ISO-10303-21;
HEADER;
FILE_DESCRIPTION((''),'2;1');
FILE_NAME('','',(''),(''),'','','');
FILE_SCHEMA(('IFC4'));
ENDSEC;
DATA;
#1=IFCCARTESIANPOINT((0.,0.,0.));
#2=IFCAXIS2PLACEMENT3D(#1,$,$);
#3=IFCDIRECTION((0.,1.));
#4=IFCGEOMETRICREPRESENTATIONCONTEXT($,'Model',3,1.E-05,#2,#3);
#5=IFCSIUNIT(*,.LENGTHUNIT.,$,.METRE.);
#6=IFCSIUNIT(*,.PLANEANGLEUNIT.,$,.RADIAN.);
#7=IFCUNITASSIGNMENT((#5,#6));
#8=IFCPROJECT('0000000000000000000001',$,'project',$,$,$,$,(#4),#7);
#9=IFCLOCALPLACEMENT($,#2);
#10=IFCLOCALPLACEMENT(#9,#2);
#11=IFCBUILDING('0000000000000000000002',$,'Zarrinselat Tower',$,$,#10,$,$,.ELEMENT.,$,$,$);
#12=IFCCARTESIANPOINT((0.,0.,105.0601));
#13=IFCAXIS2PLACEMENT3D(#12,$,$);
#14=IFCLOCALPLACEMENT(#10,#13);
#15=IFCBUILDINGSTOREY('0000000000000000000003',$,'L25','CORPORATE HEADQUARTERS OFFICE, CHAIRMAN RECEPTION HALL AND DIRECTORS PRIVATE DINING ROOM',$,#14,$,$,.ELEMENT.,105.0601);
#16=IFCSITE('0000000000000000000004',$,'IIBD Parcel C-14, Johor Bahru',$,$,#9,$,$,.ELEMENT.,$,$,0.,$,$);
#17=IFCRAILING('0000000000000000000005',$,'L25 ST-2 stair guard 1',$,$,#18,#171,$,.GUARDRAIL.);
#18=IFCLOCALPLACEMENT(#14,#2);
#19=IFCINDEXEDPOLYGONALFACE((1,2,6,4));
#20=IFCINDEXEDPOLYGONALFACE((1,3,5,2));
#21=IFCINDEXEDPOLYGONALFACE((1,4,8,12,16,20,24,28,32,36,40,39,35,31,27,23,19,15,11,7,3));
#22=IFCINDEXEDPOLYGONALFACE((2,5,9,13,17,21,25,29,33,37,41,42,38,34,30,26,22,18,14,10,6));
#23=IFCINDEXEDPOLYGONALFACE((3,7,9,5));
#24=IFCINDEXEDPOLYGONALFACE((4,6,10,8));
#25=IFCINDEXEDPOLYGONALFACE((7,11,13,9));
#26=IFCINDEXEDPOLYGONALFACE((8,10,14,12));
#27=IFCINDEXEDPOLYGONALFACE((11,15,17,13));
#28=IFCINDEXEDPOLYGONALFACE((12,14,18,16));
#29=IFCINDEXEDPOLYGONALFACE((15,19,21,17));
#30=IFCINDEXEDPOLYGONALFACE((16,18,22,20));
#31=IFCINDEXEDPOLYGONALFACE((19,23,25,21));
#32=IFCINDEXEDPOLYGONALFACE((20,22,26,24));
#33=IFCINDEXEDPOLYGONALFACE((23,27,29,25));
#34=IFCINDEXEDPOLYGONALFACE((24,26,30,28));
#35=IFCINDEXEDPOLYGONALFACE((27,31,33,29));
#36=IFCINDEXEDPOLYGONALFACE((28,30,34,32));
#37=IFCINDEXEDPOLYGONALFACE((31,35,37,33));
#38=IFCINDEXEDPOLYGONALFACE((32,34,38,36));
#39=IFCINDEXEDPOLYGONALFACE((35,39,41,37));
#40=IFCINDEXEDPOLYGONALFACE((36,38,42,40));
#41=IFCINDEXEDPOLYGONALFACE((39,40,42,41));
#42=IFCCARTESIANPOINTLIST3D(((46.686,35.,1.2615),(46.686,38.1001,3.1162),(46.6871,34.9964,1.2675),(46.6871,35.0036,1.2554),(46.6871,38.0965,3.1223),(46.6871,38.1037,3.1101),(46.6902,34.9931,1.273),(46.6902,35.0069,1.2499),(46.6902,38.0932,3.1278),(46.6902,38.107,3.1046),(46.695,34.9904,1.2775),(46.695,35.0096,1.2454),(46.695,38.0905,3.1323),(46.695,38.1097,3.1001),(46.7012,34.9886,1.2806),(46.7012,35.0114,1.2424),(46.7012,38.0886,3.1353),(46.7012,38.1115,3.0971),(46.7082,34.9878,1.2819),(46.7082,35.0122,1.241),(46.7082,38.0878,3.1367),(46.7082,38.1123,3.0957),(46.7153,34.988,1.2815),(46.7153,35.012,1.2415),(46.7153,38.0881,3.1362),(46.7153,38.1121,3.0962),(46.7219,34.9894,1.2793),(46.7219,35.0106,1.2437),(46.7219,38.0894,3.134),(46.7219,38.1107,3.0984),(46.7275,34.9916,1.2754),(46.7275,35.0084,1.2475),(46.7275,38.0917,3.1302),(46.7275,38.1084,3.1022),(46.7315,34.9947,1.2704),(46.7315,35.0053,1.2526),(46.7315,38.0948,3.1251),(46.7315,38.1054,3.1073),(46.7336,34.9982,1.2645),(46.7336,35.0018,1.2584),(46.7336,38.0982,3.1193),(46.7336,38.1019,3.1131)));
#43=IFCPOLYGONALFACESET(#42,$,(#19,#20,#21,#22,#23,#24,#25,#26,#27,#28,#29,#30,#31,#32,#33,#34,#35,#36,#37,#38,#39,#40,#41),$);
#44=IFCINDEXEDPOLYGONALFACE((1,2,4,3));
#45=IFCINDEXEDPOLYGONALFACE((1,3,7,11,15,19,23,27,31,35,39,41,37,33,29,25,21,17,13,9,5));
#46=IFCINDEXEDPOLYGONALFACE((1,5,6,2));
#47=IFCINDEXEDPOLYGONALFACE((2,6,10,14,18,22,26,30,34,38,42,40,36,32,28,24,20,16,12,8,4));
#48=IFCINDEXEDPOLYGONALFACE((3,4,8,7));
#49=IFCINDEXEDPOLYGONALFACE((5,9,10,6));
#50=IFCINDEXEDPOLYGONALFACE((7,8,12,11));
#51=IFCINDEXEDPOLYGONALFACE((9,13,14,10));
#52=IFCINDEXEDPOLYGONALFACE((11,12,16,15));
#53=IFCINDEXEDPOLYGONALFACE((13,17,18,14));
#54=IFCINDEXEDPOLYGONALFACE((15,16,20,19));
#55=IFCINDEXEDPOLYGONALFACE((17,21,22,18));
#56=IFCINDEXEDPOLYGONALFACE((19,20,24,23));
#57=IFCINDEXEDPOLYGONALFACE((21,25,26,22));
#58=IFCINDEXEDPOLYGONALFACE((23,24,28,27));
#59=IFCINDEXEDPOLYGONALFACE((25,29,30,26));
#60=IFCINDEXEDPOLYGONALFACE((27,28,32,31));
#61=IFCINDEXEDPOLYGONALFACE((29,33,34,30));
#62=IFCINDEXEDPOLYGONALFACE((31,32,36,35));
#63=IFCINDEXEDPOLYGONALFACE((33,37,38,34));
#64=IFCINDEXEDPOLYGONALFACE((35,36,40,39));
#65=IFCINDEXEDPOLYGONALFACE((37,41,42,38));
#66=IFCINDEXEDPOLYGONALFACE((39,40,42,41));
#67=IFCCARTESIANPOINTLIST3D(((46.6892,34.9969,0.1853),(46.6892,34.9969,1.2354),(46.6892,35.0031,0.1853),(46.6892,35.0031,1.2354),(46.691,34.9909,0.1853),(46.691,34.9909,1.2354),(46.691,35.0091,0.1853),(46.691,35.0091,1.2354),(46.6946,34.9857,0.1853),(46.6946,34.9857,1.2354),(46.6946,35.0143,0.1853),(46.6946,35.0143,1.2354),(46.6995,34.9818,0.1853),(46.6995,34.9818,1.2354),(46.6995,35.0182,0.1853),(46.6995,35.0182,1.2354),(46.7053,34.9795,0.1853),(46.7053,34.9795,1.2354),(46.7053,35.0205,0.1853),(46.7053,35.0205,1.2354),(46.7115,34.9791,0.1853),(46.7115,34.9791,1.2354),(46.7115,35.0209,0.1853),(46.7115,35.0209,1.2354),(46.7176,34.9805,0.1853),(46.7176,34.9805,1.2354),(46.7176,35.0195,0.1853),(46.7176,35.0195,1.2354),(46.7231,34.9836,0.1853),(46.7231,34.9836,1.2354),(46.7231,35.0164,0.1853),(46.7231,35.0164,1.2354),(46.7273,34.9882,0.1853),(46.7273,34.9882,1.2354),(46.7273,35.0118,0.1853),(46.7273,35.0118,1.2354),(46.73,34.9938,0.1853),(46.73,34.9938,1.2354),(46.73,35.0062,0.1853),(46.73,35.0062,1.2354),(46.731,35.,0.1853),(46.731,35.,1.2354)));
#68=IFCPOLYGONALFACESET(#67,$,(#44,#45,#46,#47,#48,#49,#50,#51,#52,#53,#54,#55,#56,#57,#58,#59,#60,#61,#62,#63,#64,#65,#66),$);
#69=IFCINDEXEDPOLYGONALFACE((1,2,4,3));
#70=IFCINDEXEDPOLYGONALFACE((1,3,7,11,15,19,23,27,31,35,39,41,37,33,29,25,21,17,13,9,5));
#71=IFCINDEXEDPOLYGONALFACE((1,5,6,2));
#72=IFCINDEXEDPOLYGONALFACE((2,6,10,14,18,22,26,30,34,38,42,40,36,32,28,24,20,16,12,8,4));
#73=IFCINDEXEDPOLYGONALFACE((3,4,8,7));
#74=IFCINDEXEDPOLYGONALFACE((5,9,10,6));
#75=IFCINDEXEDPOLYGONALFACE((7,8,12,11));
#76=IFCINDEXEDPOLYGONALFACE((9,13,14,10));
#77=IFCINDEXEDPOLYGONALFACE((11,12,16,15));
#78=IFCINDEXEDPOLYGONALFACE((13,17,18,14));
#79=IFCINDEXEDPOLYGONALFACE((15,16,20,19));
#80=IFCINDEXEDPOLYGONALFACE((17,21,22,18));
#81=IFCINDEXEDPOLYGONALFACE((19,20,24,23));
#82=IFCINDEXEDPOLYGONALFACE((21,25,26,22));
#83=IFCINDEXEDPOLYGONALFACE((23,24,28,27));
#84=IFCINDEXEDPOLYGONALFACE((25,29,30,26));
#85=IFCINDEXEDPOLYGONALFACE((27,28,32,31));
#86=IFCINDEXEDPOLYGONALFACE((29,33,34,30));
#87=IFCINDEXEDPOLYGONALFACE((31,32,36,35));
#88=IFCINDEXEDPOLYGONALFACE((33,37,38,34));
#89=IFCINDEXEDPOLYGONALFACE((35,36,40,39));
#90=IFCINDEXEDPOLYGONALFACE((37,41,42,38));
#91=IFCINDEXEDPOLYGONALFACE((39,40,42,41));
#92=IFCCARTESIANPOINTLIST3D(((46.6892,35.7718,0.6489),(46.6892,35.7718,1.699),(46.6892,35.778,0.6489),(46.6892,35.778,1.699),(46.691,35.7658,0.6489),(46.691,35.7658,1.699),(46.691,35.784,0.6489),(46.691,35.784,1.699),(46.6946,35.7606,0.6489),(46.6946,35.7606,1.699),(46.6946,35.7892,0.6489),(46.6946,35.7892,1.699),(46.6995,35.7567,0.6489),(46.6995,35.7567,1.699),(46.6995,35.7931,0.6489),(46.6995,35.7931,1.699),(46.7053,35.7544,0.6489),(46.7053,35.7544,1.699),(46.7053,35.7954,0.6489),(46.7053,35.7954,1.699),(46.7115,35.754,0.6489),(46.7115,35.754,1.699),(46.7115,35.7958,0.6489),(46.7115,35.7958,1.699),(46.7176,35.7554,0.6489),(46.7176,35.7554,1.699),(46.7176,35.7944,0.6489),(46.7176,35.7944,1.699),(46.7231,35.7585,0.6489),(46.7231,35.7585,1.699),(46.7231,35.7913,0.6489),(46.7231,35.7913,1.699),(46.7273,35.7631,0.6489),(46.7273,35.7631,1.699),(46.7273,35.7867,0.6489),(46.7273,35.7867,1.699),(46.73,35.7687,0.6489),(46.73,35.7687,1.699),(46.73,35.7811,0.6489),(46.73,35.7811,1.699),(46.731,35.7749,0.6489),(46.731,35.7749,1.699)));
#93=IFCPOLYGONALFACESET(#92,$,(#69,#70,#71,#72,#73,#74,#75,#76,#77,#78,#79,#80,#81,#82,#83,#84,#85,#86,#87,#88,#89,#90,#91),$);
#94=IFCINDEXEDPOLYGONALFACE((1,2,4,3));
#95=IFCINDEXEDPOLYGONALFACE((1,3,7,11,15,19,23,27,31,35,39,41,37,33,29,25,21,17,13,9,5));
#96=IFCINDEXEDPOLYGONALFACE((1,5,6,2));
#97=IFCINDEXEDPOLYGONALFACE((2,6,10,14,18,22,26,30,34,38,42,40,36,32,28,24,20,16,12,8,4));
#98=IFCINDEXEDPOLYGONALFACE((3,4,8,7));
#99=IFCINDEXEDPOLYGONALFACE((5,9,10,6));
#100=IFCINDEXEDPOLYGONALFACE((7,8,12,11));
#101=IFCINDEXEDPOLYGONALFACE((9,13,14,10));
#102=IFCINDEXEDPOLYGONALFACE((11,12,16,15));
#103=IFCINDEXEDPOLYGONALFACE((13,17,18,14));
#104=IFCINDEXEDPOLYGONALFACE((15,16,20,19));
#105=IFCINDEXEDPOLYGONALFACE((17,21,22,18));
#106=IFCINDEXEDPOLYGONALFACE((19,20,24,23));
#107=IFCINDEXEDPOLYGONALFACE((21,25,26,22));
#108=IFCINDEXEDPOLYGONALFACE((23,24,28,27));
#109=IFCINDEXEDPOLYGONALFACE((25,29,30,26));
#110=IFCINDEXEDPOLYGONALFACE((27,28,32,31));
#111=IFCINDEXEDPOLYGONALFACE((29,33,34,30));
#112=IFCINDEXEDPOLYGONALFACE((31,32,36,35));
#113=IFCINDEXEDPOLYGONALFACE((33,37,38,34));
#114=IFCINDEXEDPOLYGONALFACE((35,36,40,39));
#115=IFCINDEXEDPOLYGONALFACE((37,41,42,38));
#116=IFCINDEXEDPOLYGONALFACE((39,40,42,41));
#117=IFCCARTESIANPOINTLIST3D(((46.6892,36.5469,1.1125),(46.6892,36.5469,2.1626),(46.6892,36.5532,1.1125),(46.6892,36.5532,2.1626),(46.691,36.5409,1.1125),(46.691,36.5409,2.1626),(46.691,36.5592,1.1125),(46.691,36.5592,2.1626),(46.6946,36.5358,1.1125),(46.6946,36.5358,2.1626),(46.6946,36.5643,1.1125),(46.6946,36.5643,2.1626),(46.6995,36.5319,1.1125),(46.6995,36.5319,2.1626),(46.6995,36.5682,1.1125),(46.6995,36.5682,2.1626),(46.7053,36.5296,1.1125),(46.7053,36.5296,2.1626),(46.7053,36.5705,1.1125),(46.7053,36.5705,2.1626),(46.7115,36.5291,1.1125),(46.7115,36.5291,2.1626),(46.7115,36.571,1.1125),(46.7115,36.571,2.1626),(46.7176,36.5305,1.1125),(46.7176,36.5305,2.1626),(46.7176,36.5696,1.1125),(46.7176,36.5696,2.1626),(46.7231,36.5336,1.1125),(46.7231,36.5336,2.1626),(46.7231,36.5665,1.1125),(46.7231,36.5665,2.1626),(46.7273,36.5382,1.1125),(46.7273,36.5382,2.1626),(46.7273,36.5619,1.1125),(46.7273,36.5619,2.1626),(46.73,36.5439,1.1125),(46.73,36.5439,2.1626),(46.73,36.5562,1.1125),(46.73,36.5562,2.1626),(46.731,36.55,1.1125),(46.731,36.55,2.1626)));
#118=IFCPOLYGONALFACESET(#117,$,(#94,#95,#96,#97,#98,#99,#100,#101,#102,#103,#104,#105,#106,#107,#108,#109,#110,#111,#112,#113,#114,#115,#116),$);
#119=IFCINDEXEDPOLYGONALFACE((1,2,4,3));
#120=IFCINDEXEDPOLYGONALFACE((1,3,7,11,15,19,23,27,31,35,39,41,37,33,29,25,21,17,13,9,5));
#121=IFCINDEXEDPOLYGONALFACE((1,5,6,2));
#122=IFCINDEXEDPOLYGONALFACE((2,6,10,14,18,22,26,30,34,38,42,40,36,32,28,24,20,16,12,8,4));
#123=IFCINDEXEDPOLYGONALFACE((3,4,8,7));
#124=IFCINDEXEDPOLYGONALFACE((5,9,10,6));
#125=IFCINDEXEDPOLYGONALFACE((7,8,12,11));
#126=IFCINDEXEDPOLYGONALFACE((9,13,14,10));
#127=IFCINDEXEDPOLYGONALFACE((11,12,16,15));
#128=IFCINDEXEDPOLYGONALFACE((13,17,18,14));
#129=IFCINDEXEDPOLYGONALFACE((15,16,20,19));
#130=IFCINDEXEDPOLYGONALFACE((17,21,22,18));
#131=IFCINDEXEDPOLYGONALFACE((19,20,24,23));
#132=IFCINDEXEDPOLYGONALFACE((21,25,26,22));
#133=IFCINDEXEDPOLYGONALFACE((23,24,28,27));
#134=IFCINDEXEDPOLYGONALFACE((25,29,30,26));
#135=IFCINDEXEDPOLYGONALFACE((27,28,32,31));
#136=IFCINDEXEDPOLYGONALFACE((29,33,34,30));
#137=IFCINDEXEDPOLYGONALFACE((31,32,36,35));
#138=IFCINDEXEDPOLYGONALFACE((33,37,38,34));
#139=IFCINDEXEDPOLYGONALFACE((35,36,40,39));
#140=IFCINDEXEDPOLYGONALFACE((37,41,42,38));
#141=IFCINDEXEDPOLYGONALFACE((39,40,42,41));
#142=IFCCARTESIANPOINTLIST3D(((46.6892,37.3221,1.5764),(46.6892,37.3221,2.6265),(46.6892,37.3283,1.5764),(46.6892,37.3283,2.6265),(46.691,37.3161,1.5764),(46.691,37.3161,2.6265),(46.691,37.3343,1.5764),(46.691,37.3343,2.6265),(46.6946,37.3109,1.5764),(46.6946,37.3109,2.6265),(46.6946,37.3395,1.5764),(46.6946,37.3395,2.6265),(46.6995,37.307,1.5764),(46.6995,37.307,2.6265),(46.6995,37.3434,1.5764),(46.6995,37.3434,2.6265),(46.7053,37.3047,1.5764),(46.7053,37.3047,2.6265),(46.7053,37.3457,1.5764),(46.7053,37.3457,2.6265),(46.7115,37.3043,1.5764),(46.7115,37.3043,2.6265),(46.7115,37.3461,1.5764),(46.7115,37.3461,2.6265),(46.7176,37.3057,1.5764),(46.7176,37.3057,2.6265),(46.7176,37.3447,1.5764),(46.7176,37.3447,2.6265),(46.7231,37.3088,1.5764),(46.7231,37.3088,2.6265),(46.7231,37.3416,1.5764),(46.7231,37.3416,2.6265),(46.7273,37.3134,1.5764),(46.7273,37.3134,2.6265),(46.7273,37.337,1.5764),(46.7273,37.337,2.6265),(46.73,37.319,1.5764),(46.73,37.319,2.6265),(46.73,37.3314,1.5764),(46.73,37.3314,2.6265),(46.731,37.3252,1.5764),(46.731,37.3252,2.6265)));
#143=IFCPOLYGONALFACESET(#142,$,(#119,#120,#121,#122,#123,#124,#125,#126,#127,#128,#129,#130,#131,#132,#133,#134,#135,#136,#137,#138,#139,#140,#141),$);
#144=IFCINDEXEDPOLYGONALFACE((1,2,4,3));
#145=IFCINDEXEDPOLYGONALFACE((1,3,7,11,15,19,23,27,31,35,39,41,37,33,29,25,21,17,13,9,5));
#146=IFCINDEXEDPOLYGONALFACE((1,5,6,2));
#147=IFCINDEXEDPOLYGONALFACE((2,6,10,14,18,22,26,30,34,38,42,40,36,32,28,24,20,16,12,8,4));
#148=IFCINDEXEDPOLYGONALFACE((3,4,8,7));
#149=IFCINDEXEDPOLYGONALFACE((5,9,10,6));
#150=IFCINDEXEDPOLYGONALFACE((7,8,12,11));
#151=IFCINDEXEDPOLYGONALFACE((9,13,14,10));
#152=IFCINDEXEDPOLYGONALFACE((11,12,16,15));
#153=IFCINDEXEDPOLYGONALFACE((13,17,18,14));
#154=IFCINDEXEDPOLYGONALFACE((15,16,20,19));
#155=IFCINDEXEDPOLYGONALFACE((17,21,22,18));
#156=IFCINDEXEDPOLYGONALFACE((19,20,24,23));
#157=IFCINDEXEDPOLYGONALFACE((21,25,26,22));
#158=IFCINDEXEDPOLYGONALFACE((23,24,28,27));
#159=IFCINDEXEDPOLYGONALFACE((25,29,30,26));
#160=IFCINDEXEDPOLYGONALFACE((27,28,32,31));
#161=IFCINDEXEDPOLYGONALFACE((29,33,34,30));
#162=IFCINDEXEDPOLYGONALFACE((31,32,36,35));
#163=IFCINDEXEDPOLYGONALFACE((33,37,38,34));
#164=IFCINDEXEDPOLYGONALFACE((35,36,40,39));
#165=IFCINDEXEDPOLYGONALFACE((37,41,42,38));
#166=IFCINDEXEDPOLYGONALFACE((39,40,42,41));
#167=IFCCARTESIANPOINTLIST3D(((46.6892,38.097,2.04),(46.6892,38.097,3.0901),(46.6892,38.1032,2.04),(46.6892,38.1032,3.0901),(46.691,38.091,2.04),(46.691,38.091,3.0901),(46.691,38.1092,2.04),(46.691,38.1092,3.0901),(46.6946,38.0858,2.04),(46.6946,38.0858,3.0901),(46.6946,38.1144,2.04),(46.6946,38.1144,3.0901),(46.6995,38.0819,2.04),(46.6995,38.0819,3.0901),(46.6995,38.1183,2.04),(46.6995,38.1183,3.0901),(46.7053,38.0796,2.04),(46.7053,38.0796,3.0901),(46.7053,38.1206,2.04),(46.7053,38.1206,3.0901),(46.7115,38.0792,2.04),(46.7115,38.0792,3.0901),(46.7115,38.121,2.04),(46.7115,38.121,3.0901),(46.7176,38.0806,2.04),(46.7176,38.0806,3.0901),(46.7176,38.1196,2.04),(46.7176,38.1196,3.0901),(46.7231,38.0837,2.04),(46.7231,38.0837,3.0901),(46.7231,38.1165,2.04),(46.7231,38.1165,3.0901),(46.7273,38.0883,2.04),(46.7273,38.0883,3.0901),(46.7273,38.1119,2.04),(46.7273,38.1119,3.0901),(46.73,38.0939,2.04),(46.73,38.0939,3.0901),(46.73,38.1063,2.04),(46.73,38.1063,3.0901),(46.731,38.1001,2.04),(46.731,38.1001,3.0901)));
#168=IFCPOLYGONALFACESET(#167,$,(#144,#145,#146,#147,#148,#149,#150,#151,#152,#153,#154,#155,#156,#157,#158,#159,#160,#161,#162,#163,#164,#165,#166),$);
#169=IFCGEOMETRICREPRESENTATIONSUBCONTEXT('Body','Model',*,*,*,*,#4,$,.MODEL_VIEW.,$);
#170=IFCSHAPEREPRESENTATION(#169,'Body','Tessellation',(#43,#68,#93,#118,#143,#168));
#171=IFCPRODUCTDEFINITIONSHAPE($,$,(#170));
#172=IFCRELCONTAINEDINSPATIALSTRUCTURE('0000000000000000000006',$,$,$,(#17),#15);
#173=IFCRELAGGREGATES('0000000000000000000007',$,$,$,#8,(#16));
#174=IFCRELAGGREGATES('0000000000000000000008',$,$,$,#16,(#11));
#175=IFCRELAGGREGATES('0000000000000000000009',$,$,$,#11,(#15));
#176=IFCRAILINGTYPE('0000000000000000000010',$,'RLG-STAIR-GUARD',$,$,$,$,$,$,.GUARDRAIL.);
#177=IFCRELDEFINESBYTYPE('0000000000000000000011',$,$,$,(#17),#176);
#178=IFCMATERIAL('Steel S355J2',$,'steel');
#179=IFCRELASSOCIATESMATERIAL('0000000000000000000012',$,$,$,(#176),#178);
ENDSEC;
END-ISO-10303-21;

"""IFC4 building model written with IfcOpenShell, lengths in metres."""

from ifc_helpers import new_model, si_unit, direction, frame, origin, origin_2d, place, context, subcontext, project, spatial, circle, extrude, material, type_object, element, save


model = new_model("IFC4")

# Units and contexts
model_context = context("Model", 3, precision=1e-05, world=origin(), true_north=direction((0.0, 1.0)))
body_context = subcontext(model_context, "Body", "Model", "MODEL_VIEW")
ifc_project = project(units=[si_unit("LENGTHUNIT", "METRE"), si_unit("PLANEANGLEUNIT", "RADIAN")], contexts=[model_context])

# Site, building, storey
site_placement = place(None, origin())
site = spatial("IfcSite", under=ifc_project, at=site_placement, Name="IIBD Parcel C-14, Johor Bahru", CompositionType="ELEMENT", RefElevation=0.0)
building_placement = place(site_placement, origin())
building = spatial("IfcBuilding", under=site, at=building_placement, Name="Zarrinselat Tower", CompositionType="ELEMENT")
storey_placement = place(building_placement, frame((0.0, 0.0, 105.0601)))
storey = spatial("IfcBuildingStorey", under=building, at=storey_placement, Name="L25", Description="CORPORATE HEADQUARTERS OFFICE, CHAIRMAN RECEPTION HALL AND DIRECTORS PRIVATE DINING ROOM", CompositionType="ELEMENT", Elevation=105.0601)

# Railing
ifc_material_1 = material(Name="Steel S355J2", Category="steel")
railing_type_1 = type_object("IfcRailingType", Name="RLG-STAIR-GUARD", PredefinedType="GUARDRAIL", material=ifc_material_1)
railing_1_placement = place(storey_placement, frame((46.71, 35.0, 0.1853)))
element("IfcRailing", 1, at=railing_1_placement, inside=storey, type_object=railing_type_1, Name="L25 ST-2 stair guard 1", PredefinedType="GUARDRAIL", context=body_context, shape_type="SweptSolid", body=[
    extrude(circle(Radius=0.0239, at=origin_2d()), frame((0.0, 0.0, 1.0762), z_axis=(0.0, 0.858142, 0.513412), x_axis=(-1.0, 0.0, 0.0)), (0.0, 0.0, 1.0), 3.6125),
    extrude(circle(Radius=0.021, at=origin_2d()), origin(), (0.0, 0.0, 1.0), 1.05),
    extrude(circle(Radius=0.021, at=origin_2d()), frame((0.0, 0.7749, 0.4636)), (0.0, 0.0, 1.0), 1.05),
    extrude(circle(Radius=0.021, at=origin_2d()), frame((0.0, 1.55, 0.9272)), (0.0, 0.0, 1.0), 1.05),
    extrude(circle(Radius=0.021, at=origin_2d()), frame((0.0, 2.3252, 1.3911)), (0.0, 0.0, 1.0), 1.05),
    extrude(circle(Radius=0.021, at=origin_2d()), frame((0.0, 3.1001, 1.8547)), (0.0, 0.0, 1.0), 1.05),
])

save(model, "model.ifc")
